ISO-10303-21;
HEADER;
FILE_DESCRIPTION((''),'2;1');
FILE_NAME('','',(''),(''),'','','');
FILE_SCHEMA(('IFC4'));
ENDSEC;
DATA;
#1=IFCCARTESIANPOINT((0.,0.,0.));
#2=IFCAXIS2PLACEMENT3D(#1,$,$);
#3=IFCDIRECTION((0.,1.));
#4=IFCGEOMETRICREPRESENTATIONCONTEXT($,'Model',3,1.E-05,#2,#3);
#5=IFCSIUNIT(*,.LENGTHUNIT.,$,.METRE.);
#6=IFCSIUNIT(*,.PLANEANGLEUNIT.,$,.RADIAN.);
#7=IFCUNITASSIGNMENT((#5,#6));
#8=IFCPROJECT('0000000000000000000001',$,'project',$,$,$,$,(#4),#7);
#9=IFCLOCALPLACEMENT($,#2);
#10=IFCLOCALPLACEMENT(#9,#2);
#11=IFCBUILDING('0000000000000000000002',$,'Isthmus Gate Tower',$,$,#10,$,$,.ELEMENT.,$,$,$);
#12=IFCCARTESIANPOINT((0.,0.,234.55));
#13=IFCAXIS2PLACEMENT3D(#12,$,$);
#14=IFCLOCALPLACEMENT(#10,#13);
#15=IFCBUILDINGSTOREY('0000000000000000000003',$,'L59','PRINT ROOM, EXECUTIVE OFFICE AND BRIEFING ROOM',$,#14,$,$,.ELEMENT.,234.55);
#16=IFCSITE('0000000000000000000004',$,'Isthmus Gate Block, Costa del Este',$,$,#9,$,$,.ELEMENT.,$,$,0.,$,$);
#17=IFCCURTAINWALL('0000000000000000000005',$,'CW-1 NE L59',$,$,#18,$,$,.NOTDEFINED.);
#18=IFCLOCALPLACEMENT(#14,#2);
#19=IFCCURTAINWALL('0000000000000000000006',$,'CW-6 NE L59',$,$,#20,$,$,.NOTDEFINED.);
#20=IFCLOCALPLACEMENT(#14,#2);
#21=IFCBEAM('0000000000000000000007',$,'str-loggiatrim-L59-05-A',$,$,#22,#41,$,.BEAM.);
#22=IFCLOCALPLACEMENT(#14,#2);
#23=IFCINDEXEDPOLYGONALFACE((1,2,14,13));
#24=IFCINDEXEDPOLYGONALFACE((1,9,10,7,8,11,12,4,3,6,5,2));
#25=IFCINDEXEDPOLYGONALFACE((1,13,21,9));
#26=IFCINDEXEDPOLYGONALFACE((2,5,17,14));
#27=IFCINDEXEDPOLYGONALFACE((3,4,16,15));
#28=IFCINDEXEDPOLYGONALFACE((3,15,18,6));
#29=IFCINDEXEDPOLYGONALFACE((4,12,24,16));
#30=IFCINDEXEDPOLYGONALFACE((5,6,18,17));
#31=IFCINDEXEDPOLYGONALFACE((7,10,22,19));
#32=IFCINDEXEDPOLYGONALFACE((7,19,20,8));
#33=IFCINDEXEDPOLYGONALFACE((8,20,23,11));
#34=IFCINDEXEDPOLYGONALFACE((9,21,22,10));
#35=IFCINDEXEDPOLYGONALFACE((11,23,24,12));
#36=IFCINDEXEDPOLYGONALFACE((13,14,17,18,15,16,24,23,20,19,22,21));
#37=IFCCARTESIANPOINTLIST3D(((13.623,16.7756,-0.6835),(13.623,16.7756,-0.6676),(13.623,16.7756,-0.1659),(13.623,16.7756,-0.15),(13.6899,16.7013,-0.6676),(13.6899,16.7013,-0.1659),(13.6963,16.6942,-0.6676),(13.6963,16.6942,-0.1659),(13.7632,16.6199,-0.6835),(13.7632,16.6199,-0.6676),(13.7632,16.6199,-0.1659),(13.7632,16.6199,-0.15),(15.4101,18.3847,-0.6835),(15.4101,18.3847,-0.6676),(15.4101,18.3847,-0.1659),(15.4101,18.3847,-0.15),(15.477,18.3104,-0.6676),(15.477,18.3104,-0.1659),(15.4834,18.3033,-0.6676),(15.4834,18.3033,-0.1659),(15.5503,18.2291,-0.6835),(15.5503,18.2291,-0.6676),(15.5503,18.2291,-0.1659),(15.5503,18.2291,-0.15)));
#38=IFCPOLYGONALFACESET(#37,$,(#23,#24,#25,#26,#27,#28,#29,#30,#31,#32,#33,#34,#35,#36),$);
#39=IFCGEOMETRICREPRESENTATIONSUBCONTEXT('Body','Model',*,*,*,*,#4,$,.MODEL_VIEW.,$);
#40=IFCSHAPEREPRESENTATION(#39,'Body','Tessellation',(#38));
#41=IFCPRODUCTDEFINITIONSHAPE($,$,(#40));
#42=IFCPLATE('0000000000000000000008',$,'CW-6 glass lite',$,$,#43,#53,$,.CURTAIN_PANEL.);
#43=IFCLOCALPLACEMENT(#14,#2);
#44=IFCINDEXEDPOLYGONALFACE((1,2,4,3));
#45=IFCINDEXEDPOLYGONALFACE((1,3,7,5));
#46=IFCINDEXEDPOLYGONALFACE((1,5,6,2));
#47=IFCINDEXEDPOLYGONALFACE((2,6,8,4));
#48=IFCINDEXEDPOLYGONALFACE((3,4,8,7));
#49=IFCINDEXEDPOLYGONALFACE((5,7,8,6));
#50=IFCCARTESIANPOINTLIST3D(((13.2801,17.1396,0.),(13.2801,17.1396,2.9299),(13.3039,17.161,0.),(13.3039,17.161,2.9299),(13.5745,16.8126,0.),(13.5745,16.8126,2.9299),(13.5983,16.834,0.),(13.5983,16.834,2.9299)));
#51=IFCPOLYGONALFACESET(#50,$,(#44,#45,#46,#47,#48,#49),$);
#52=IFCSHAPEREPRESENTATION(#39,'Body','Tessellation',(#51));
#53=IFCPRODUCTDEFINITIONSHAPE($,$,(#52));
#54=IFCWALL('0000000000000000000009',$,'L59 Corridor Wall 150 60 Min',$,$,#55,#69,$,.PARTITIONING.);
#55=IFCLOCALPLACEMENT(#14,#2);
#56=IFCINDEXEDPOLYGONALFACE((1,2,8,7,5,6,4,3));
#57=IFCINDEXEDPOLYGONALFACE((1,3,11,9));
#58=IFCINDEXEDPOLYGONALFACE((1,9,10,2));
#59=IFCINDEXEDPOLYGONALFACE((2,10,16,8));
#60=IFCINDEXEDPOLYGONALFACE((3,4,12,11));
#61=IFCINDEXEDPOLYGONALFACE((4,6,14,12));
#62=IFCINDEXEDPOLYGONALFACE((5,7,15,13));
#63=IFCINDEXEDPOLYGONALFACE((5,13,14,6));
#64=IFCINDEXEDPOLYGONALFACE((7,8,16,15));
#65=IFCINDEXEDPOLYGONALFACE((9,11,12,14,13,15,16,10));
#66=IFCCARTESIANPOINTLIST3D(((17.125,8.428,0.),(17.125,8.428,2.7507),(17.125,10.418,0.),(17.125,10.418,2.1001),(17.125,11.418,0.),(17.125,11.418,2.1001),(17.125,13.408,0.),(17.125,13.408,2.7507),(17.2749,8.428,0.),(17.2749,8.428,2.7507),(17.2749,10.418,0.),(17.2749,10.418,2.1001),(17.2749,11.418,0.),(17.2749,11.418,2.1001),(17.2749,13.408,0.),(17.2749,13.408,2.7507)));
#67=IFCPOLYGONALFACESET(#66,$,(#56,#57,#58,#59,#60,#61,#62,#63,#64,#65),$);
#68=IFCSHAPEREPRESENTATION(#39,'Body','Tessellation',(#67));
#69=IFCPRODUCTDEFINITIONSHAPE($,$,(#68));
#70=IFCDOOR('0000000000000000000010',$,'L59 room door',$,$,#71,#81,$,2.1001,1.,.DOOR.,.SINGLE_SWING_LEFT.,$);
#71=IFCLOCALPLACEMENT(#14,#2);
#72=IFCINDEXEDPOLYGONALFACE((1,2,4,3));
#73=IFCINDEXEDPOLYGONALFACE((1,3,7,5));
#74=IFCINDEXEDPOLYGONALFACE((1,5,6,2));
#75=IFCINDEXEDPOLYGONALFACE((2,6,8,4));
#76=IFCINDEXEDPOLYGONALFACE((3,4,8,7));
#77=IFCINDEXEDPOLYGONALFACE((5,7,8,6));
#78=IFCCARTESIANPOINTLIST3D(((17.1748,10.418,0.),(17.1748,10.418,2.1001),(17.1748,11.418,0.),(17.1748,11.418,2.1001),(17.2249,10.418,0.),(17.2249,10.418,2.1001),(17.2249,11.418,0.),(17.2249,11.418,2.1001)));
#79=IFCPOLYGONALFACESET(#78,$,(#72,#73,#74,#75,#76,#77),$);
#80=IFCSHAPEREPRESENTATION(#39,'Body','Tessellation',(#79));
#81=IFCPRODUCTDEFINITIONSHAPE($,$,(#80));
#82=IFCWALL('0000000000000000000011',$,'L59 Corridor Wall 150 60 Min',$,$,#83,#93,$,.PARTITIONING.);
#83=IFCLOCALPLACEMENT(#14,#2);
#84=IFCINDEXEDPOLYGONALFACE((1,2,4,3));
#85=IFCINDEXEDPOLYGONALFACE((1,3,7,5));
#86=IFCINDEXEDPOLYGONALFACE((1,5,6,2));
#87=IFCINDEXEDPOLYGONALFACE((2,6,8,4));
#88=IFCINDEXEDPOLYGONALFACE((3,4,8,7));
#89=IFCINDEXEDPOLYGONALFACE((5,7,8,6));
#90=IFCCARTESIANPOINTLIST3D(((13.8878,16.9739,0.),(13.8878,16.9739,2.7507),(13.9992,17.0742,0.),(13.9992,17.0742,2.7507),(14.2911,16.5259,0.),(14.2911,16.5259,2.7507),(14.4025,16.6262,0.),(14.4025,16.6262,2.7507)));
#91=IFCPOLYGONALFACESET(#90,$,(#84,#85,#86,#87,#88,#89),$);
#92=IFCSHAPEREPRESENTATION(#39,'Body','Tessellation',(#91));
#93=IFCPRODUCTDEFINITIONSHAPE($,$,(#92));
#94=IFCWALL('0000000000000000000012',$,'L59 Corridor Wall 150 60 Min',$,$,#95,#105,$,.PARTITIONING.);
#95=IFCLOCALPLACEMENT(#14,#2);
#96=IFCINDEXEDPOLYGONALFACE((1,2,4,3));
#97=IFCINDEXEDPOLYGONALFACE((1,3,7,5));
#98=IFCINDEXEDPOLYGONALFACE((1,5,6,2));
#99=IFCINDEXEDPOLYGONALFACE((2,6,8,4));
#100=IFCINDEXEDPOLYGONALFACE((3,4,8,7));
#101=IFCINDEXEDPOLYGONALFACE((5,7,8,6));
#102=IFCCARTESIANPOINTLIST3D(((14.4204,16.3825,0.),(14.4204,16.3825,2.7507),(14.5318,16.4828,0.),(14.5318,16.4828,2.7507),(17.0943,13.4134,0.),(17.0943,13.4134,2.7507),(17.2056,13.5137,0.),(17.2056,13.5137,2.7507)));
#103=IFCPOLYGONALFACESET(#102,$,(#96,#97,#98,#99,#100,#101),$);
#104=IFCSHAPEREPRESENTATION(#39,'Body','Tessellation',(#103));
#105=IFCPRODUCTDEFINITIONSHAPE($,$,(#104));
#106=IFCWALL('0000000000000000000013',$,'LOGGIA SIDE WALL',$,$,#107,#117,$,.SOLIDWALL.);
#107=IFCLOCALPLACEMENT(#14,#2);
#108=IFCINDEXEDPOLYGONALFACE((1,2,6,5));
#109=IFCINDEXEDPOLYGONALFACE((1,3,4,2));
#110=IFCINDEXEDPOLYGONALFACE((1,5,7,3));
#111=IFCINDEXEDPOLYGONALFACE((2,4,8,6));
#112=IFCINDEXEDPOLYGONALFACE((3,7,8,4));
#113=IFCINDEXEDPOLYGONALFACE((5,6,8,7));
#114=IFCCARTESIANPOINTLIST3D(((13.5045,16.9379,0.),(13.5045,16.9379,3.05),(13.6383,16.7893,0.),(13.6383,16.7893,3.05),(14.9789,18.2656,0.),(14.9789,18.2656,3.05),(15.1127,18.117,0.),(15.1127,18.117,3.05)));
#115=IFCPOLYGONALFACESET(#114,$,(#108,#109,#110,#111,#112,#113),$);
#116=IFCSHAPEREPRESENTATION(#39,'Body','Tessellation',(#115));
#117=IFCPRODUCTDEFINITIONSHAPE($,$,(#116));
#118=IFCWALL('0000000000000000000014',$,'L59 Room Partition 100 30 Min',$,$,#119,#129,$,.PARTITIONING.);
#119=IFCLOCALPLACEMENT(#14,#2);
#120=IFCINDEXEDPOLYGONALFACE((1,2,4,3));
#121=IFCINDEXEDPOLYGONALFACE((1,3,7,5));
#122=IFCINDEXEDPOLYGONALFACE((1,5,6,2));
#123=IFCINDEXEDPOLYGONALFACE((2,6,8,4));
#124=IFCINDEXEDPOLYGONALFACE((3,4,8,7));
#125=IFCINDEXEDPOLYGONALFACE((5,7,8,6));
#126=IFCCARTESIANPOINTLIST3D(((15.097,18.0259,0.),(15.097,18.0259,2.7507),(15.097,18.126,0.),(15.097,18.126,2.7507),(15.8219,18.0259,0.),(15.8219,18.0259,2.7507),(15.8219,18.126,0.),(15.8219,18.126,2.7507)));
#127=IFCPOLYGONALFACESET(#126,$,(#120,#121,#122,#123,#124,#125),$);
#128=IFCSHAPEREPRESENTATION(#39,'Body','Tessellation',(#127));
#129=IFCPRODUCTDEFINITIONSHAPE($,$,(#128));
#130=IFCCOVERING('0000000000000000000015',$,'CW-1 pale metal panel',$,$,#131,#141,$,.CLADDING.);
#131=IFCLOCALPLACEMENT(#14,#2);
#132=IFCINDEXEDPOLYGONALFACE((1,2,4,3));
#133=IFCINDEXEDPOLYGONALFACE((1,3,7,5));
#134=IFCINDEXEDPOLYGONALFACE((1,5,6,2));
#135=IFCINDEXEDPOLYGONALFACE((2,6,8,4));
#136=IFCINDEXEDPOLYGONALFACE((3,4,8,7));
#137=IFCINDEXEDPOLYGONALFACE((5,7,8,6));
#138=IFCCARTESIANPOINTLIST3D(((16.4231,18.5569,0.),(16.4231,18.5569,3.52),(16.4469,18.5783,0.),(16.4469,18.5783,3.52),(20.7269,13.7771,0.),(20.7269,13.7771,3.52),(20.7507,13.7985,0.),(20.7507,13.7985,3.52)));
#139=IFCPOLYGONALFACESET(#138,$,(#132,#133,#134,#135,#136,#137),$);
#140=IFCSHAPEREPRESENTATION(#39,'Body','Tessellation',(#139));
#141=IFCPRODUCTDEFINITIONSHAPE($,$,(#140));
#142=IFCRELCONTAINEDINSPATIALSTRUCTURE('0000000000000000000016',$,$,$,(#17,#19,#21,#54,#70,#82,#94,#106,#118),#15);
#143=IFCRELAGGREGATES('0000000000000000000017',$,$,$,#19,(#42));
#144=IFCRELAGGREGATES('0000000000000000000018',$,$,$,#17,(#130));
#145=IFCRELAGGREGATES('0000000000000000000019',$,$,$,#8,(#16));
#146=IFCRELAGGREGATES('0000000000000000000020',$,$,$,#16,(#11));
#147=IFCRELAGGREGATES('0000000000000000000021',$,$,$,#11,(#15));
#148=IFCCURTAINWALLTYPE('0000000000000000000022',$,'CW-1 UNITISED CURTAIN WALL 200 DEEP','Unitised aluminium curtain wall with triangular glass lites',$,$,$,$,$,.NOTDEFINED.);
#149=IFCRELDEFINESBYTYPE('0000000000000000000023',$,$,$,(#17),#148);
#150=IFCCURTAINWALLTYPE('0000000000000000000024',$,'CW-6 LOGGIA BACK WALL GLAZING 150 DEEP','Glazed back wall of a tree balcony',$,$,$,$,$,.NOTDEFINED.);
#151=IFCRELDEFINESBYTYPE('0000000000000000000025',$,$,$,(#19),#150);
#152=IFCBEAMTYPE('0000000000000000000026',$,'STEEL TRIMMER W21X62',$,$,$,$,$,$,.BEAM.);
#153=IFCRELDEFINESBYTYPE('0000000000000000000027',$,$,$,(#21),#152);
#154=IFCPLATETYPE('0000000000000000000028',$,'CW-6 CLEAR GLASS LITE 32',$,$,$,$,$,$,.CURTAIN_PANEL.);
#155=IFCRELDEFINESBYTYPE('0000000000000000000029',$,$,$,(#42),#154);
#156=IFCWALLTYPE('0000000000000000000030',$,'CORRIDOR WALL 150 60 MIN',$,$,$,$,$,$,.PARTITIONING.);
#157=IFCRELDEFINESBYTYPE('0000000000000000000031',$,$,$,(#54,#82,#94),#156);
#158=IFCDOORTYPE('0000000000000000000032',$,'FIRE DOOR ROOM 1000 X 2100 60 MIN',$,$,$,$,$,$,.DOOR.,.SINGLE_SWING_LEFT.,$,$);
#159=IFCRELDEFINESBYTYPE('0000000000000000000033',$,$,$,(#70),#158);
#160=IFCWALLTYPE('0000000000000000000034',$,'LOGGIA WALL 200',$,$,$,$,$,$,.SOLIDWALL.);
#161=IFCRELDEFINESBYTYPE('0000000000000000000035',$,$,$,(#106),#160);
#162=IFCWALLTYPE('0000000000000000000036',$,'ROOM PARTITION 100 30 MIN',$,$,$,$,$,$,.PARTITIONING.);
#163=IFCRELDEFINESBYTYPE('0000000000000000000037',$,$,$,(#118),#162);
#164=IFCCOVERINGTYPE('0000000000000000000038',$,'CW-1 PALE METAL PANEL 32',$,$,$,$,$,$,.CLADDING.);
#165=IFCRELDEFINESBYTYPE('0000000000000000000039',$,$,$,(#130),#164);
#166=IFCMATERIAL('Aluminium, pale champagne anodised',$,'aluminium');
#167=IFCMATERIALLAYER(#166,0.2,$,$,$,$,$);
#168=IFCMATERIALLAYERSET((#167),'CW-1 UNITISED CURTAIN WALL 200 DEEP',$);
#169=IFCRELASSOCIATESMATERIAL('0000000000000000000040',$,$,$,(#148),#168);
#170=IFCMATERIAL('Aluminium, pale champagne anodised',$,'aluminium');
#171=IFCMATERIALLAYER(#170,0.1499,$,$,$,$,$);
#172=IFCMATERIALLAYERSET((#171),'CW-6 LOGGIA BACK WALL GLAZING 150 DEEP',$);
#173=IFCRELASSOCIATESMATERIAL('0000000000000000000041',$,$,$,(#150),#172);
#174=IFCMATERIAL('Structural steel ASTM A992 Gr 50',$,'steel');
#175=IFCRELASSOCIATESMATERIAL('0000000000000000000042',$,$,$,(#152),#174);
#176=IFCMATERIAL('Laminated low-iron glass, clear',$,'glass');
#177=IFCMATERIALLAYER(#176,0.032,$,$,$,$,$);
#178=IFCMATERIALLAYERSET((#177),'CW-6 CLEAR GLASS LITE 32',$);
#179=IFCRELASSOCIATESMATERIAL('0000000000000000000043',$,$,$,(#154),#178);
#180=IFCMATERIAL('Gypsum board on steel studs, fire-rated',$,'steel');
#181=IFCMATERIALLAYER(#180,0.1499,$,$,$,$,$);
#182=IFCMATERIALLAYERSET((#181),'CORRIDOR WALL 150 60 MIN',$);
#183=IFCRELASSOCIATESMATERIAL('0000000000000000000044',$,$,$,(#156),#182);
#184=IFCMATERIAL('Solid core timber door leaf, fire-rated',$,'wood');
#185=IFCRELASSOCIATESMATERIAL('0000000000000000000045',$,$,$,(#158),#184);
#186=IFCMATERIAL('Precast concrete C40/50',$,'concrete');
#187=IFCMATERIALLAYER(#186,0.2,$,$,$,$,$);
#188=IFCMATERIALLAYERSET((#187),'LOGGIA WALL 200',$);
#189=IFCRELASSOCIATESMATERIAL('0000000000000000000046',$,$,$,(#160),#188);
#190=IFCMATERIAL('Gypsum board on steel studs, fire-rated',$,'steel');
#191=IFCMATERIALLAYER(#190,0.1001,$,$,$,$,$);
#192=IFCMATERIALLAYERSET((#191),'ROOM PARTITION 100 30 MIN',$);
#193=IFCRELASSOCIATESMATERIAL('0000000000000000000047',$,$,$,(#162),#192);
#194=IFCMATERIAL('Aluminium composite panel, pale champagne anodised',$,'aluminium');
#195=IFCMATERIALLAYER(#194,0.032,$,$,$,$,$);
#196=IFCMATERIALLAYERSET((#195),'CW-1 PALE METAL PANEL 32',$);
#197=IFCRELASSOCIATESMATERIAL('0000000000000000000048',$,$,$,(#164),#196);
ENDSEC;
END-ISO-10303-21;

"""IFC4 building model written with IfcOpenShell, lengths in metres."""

from ifc_helpers import new_model, si_unit, direction, frame, frame_2d, origin, origin_2d, place, context, subcontext, project, spatial, rectangle, i_section, extrude, material, layer, layer_set, material_profile, profile_set, type_object, element, fill, aggregate, save


model = new_model("IFC4")

# Units and contexts
model_context = context("Model", 3, precision=1e-05, world=origin(), true_north=direction((0.0, 1.0)))
body_context = subcontext(model_context, "Body", "Model", "MODEL_VIEW")
ifc_project = project(units=[si_unit("LENGTHUNIT", "METRE"), si_unit("PLANEANGLEUNIT", "RADIAN")], contexts=[model_context])

# Site, building, storey
site_placement = place(None, origin())
site = spatial("IfcSite", under=ifc_project, at=site_placement, Name="Isthmus Gate Block, Costa del Este", CompositionType="ELEMENT", RefElevation=0.0)
building_placement = place(site_placement, origin())
building = spatial("IfcBuilding", under=site, at=building_placement, Name="Isthmus Gate Tower", CompositionType="ELEMENT")
storey_placement = place(building_placement, frame((0.0, 0.0, 234.55)))
storey = spatial("IfcBuildingStorey", under=building, at=storey_placement, Name="L59", Description="PRINT ROOM, EXECUTIVE OFFICE AND BRIEFING ROOM", CompositionType="ELEMENT", Elevation=234.55)

# Curtain walls
ifc_material_1 = material(Name="Aluminium, pale champagne anodised", Category="aluminium")
ifc_layer_1 = layer(ifc_material_1, 0.2)
ifc_layer_set_1 = layer_set([ifc_layer_1], Name="CW-1 UNITISED CURTAIN WALL 200 DEEP")
curtain_wall_type_1 = type_object("IfcCurtainWallType", Name="CW-1 UNITISED CURTAIN WALL 200 DEEP", Description="Unitised aluminium curtain wall with triangular glass lites", PredefinedType="NOTDEFINED", material=ifc_layer_set_1)
curtain_wall_1_placement = place(storey_placement, origin())
curtain_wall_1 = element("IfcCurtainWall", 1, at=curtain_wall_1_placement, inside=storey, type_object=curtain_wall_type_1, Name="CW-1 NE L59", PredefinedType="NOTDEFINED")
ifc_material_2 = material(Name="Aluminium, pale champagne anodised", Category="aluminium")
ifc_layer_2 = layer(ifc_material_2, 0.1499)
ifc_layer_set_2 = layer_set([ifc_layer_2], Name="CW-6 LOGGIA BACK WALL GLAZING 150 DEEP")
curtain_wall_type_2 = type_object("IfcCurtainWallType", Name="CW-6 LOGGIA BACK WALL GLAZING 150 DEEP", Description="Glazed back wall of a tree balcony", PredefinedType="NOTDEFINED", material=ifc_layer_set_2)
curtain_wall_2_placement = place(storey_placement, origin())
curtain_wall_2 = element("IfcCurtainWall", 2, at=curtain_wall_2_placement, inside=storey, type_object=curtain_wall_type_2, Name="CW-6 NE L59", PredefinedType="NOTDEFINED")

# Beam
ifc_material_3 = material(Name="Structural steel ASTM A992 Gr 50", Category="steel")
ifc_material_profile_1 = material_profile(ifc_material_3, i_section(OverallWidth=0.2095, OverallDepth=0.5334, WebThickness=0.0095, FlangeThickness=0.0159, at=origin_2d()), Name="W21X62")
ifc_profile_set_1 = profile_set([ifc_material_profile_1], Name="Structural steel ASTM A992 Gr 50")
beam_type_1 = type_object("IfcBeamType", Name="STEEL TRIMMER W21X62", PredefinedType="BEAM", material=ifc_profile_set_1)
beam_1_placement = place(storey_placement, frame((15.4802, 18.3069, -0.4167), z_axis=(-0.743143, -0.669133, 0.0), x_axis=(0.669133, -0.743143, 0.0)))
element("IfcBeam", 3, at=beam_1_placement, inside=storey, type_object=beam_type_1, Name="str-loggiatrim-L59-05-A", PredefinedType="BEAM", context=body_context, shape_type="SweptSolid", body=[
    extrude(i_section(OverallWidth=0.2095, OverallDepth=0.5334, WebThickness=0.0095, FlangeThickness=0.0159, at=origin_2d()), origin(), (0.0, 0.0, 1.0), 2.4048),
])

# Plate
ifc_material_4 = material(Name="Laminated low-iron glass, clear", Category="glass")
ifc_layer_3 = layer(ifc_material_4, 0.032)
ifc_layer_set_3 = layer_set([ifc_layer_3], Name="CW-6 CLEAR GLASS LITE 32")
plate_type = type_object("IfcPlateType", Name="CW-6 CLEAR GLASS LITE 32", PredefinedType="CURTAIN_PANEL", material=ifc_layer_set_3)
plate_placement = place(storey_placement, frame((13.4392, 16.9868, 0.0), z_axis=(0.0, 0.0, 1.0), x_axis=(-0.669131, 0.743145, 0.0)))
plate = element("IfcPlate", 4, at=plate_placement, type_object=plate_type, Name="CW-6 glass lite", PredefinedType="CURTAIN_PANEL", context=body_context, shape_type="SweptSolid", body=[
    extrude(rectangle(XDim=0.4399, YDim=0.032, at=origin_2d()), origin(), (0.0, 0.0, 1.0), 2.9299),
])
aggregate(curtain_wall_2, [plate])

# Wall, opening, door
ifc_material_5 = material(Name="Gypsum board on steel studs, fire-rated", Category="steel")
ifc_layer_4 = layer(ifc_material_5, 0.1499)
ifc_layer_set_4 = layer_set([ifc_layer_4], Name="CORRIDOR WALL 150 60 MIN")
wall_type_1 = type_object("IfcWallType", Name="CORRIDOR WALL 150 60 MIN", PredefinedType="PARTITIONING", material=ifc_layer_set_4)
wall_1_placement = place(storey_placement, frame((17.2, 13.408, 0.0), z_axis=(0.0, 0.0, 1.0), x_axis=(0.0, -1.0, 0.0)))
wall_1 = element("IfcWall", 5, at=wall_1_placement, inside=storey, type_object=wall_type_1, Name="L59 Corridor Wall 150 60 Min", PredefinedType="PARTITIONING", context=body_context, shape_type="SweptSolid", body=[
    extrude(rectangle(XDim=4.98, YDim=0.1499, at=frame_2d((2.49, 0.0))), origin(), (0.0, 0.0, 1.0), 2.7507),
])
opening_1_placement = place(wall_1_placement, frame((1.99, 0.0, 0.0)))
opening_1 = element("IfcOpeningElement", 6, at=opening_1_placement, cuts=wall_1, PredefinedType="OPENING", context=body_context, shape_type="SweptSolid", body=[
    extrude(rectangle(XDim=1.0, YDim=2.1001, at=frame_2d((0.5, 1.05))), frame((0.0, 0.085, 0.0), z_axis=(0.0, -1.0, 0.0), x_axis=(1.0, 0.0, 0.0)), (0.0, 0.0, 1.0), 0.1699),
])
ifc_material_6 = material(Name="Solid core timber door leaf, fire-rated", Category="wood")
door_type_1 = type_object("IfcDoorType", Name="FIRE DOOR ROOM 1000 X 2100 60 MIN", OperationType="SINGLE_SWING_LEFT", PredefinedType="DOOR", material=ifc_material_6)
door_1_placement = place(opening_1_placement, origin())
door_1 = element("IfcDoor", 7, at=door_1_placement, inside=storey, type_object=door_type_1, Name="L59 room door", OperationType="SINGLE_SWING_LEFT", OverallHeight=2.1001, OverallWidth=1.0, PredefinedType="DOOR", context=body_context, shape_type="SweptSolid", body=[
    extrude(rectangle(XDim=1.0, YDim=2.1001, at=frame_2d((0.5, 1.05))), frame((0.0, 0.0249, 0.0), z_axis=(0.0, -1.0, 0.0), x_axis=(1.0, 0.0, 0.0)), (0.0, 0.0, 1.0), 0.05),
])
fill(opening_1, door_1)

# Walls
wall_2_placement = place(storey_placement, frame((13.9436, 17.0239, 0.0), z_axis=(0.0, 0.0, 1.0), x_axis=(0.669077, -0.743193, 0.0)))
element("IfcWall", 8, at=wall_2_placement, inside=storey, type_object=wall_type_1, Name="L59 Corridor Wall 150 60 Min", PredefinedType="PARTITIONING", context=body_context, shape_type="SweptSolid", body=[
    extrude(rectangle(XDim=0.6028, YDim=0.1499, at=frame_2d((0.3013, 0.0))), origin(), (0.0, 0.0, 1.0), 2.7507),
])
wall_3_placement = place(storey_placement, frame((14.4761, 16.4326, 0.0), z_axis=(0.0, 0.0, 1.0), x_axis=(0.669204, -0.743078, 0.0)))
element("IfcWall", 9, at=wall_3_placement, inside=storey, type_object=wall_type_1, Name="L59 Corridor Wall 150 60 Min", PredefinedType="PARTITIONING", context=body_context, shape_type="SweptSolid", body=[
    extrude(rectangle(XDim=3.9956, YDim=0.1499, at=frame_2d((1.9978, 0.0))), origin(), (0.0, 0.0, 1.0), 2.7507),
])

# Shared definitions
ifc_material_7 = material(Name="Precast concrete C40/50", Category="concrete")
ifc_layer_5 = layer(ifc_material_7, 0.2)
ifc_layer_set_5 = layer_set([ifc_layer_5], Name="LOGGIA WALL 200")
wall_type_2 = type_object("IfcWallType", Name="LOGGIA WALL 200", PredefinedType="SOLIDWALL", material=ifc_layer_set_5)

# Walls
wall_4_placement = place(storey_placement, frame((15.0459, 18.1914, 0.0), z_axis=(0.0, 0.0, 1.0), x_axis=(-0.743117, -0.669162, 0.0)))
element("IfcWall", 10, at=wall_4_placement, inside=storey, type_object=wall_type_2, Name="LOGGIA SIDE WALL", PredefinedType="SOLIDWALL", context=body_context, shape_type="SweptSolid", body=[
    extrude(rectangle(XDim=1.9841, YDim=0.2, at=frame_2d((0.9922, 0.0))), origin(), (0.0, 0.0, 1.0), 3.05),
])
ifc_material_8 = material(Name="Gypsum board on steel studs, fire-rated", Category="steel")
ifc_layer_6 = layer(ifc_material_8, 0.1001)
ifc_layer_set_6 = layer_set([ifc_layer_6], Name="ROOM PARTITION 100 30 MIN")
wall_type_3 = type_object("IfcWallType", Name="ROOM PARTITION 100 30 MIN", PredefinedType="PARTITIONING", material=ifc_layer_set_6)
wall_5_placement = place(storey_placement, frame((15.0972, 18.0759, 0.0), z_axis=(0.0, 0.0, 1.0), x_axis=(1.0, 0.0, 0.0)))
element("IfcWall", 11, at=wall_5_placement, inside=storey, type_object=wall_type_3, Name="L59 Room Partition 100 30 Min", PredefinedType="PARTITIONING", context=body_context, shape_type="SweptSolid", body=[
    extrude(rectangle(XDim=0.7249, YDim=0.1001, at=frame_2d((0.3623, 0.0))), origin(), (0.0, 0.0, 1.0), 2.7507),
])

# Covering
ifc_material_9 = material(Name="Aluminium composite panel, pale champagne anodised", Category="aluminium")
ifc_layer_7 = layer(ifc_material_9, 0.032)
ifc_layer_set_7 = layer_set([ifc_layer_7], Name="CW-1 PALE METAL PANEL 32")
covering_type = type_object("IfcCoveringType", Name="CW-1 PALE METAL PANEL 32", PredefinedType="CLADDING", material=ifc_layer_set_7)
covering_placement = place(storey_placement, frame((18.5869, 16.1777, 0.0), z_axis=(0.0, 0.0, 1.0), x_axis=(-0.669131, 0.743145, 0.0)))
covering = element("IfcCovering", 12, at=covering_placement, type_object=covering_type, Name="CW-1 pale metal panel", PredefinedType="CLADDING", context=body_context, shape_type="SweptSolid", body=[
    extrude(rectangle(XDim=6.4319, YDim=0.032, at=origin_2d()), origin(), (0.0, 0.0, 1.0), 3.52),
])
aggregate(curtain_wall_1, [covering])

save(model, "model.ifc")
